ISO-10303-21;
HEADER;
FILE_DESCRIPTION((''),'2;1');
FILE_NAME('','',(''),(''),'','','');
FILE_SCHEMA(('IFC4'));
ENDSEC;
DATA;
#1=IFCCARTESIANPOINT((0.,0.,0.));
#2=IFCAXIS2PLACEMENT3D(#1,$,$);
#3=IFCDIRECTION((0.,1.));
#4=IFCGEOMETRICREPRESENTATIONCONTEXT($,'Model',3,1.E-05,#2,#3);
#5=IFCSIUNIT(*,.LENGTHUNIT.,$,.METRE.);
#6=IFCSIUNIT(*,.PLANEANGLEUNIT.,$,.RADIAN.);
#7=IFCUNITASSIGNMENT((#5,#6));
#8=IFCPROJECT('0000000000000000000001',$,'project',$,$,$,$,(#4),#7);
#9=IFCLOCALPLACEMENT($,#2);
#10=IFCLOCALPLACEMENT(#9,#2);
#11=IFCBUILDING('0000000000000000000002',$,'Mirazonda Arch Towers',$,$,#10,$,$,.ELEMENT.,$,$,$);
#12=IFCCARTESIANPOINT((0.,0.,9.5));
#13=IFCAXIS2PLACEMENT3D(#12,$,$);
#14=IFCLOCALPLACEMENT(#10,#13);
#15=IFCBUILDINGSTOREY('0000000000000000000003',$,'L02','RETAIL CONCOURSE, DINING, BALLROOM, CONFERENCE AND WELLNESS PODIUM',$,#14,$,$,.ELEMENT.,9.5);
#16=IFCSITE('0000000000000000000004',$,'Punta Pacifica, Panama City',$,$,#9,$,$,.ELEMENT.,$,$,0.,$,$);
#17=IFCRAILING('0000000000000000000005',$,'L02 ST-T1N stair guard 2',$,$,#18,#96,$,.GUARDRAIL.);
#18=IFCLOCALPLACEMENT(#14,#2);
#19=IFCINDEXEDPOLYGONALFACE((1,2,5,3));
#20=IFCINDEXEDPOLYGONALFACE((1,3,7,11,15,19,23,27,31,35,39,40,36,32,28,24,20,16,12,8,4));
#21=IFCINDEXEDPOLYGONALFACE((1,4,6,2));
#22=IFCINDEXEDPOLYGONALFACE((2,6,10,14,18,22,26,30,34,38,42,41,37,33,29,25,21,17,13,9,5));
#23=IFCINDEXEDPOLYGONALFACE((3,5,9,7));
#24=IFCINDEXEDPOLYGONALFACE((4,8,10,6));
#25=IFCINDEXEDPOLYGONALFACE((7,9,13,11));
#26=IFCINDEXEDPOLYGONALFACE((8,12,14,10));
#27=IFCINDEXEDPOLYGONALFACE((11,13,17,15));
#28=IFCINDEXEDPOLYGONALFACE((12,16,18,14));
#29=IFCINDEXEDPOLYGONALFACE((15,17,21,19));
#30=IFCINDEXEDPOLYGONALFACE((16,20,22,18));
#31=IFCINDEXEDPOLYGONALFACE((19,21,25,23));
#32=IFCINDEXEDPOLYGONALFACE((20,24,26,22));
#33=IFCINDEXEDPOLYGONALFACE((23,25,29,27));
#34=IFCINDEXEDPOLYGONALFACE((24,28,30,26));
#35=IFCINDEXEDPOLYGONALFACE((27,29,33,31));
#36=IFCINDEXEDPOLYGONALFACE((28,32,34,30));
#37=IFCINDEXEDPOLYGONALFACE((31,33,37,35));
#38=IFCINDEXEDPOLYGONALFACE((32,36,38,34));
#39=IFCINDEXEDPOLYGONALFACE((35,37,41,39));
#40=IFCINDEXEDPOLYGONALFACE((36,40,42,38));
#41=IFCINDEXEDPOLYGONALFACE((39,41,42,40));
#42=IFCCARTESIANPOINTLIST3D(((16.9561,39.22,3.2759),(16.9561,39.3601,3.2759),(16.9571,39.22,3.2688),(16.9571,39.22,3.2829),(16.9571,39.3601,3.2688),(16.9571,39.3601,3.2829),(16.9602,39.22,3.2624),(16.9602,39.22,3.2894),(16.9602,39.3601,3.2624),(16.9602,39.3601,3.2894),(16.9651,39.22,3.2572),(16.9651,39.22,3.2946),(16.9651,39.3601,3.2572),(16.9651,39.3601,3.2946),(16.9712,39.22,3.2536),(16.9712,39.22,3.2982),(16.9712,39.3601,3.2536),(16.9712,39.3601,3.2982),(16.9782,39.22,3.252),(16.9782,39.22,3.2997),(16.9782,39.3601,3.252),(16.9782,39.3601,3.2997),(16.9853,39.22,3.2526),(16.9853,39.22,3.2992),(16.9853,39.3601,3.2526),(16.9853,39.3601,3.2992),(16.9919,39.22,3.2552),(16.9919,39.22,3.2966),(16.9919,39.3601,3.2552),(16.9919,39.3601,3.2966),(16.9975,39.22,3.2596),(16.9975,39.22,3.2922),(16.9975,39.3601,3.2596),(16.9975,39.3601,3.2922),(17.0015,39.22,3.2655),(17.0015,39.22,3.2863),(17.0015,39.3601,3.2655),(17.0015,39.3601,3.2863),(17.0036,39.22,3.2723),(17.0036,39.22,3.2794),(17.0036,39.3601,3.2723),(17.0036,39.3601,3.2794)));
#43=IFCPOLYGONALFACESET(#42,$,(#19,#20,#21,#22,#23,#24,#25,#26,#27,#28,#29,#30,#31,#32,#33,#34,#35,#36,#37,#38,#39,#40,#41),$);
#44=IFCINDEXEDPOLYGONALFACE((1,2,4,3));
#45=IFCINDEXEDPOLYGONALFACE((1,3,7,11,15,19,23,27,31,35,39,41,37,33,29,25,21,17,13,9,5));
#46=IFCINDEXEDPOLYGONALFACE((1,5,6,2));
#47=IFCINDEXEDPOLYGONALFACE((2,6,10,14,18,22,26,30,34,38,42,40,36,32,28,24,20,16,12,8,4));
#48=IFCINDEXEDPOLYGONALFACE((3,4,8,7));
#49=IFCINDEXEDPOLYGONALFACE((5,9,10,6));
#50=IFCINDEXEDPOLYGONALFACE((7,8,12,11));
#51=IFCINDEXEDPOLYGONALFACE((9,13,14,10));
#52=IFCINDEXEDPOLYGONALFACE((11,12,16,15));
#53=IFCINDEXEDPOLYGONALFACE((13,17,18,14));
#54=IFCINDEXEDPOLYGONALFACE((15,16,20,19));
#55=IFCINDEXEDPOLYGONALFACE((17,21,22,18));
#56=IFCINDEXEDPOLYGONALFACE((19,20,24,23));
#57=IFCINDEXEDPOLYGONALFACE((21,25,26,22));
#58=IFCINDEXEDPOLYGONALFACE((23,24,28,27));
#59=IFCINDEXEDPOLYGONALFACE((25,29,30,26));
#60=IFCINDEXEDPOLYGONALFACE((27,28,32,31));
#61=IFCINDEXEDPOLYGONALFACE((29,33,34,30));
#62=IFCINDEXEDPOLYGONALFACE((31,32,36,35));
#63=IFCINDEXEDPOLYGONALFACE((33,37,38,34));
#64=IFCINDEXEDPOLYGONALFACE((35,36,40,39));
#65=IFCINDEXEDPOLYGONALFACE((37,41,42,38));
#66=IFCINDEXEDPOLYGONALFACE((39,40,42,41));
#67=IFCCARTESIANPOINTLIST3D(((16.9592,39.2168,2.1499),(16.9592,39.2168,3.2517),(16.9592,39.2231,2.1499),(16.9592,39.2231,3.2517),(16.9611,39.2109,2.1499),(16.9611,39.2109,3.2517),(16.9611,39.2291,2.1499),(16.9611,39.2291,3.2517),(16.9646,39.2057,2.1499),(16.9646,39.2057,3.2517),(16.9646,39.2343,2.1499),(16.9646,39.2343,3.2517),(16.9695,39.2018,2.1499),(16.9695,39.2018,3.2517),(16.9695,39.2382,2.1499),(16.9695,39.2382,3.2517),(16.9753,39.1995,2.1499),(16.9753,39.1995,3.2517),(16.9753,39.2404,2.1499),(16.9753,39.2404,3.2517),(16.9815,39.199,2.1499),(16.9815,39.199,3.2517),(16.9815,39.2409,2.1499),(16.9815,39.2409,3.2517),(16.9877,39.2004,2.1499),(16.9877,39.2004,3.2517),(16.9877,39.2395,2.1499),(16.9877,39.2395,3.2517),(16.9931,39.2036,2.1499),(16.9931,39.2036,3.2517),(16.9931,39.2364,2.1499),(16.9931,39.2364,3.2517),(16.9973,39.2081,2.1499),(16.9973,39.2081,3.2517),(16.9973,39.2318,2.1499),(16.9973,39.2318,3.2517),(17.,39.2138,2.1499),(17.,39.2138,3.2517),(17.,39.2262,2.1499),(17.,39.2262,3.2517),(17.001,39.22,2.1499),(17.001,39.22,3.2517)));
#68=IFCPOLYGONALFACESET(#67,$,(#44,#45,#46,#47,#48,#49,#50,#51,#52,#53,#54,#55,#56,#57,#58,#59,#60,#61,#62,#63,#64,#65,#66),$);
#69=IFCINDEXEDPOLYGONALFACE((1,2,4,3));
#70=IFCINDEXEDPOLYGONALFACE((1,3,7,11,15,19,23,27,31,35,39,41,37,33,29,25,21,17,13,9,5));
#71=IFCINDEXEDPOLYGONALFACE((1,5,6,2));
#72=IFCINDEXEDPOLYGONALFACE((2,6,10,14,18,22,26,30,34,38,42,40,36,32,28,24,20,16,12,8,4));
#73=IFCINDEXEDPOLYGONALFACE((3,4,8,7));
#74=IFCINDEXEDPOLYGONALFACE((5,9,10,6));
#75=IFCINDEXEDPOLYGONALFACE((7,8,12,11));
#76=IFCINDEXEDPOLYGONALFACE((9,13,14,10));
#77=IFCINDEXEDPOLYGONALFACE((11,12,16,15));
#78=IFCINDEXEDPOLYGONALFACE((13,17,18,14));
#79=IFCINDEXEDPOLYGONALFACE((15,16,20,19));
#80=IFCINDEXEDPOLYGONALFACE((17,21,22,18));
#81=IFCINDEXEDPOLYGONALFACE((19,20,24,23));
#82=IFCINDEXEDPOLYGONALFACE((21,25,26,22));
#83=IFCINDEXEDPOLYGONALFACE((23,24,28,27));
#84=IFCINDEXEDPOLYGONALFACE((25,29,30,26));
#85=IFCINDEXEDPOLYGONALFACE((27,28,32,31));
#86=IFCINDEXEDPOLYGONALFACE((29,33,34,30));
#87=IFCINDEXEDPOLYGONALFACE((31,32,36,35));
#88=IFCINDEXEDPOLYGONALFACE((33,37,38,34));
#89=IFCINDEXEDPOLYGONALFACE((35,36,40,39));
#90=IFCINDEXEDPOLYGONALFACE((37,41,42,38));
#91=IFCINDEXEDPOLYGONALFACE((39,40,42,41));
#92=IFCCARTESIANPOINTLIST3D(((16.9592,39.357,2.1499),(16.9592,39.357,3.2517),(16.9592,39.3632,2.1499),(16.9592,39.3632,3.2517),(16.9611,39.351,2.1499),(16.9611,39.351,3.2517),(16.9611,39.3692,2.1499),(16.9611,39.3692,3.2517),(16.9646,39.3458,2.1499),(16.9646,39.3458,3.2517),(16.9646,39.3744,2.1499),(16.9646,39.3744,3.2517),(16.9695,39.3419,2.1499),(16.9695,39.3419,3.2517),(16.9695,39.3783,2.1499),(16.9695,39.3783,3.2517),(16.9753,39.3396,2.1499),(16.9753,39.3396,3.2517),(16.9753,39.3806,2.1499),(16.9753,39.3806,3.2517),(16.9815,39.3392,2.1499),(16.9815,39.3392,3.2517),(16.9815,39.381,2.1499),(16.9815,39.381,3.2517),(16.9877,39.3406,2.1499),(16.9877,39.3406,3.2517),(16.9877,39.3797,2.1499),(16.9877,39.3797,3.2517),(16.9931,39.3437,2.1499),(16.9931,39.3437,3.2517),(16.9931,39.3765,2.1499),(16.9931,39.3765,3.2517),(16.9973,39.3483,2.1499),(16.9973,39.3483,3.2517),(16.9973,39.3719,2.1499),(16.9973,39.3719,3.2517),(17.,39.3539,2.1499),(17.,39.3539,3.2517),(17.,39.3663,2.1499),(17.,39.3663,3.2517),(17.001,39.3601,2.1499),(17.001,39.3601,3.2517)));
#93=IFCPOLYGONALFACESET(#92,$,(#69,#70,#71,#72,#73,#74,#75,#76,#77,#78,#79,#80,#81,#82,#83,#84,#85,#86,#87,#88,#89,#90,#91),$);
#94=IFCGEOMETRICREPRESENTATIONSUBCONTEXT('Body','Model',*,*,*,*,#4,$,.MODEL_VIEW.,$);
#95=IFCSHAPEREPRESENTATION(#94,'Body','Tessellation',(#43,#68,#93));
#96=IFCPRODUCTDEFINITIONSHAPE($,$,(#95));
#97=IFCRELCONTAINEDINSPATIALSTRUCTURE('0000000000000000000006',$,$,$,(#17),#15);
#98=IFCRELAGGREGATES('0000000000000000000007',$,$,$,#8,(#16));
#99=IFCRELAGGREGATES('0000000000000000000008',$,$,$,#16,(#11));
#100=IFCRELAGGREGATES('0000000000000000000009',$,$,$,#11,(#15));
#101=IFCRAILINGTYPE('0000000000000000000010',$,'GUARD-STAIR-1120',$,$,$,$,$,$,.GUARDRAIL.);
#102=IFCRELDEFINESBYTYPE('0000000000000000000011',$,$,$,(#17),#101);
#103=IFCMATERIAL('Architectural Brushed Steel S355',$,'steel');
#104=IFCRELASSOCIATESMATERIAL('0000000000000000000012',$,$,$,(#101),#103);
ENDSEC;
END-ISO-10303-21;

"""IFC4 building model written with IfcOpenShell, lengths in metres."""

from ifc_helpers import new_model, si_unit, direction, frame, origin, origin_2d, place, context, subcontext, project, spatial, circle, extrude, material, type_object, element, save


model = new_model("IFC4")

# Units and contexts
model_context = context("Model", 3, precision=1e-05, world=origin(), true_north=direction((0.0, 1.0)))
body_context = subcontext(model_context, "Body", "Model", "MODEL_VIEW")
ifc_project = project(units=[si_unit("LENGTHUNIT", "METRE"), si_unit("PLANEANGLEUNIT", "RADIAN")], contexts=[model_context])

# Site, building, storey
site_placement = place(None, origin())
site = spatial("IfcSite", under=ifc_project, at=site_placement, Name="Punta Pacifica, Panama City", CompositionType="ELEMENT", RefElevation=0.0)
building_placement = place(site_placement, origin())
building = spatial("IfcBuilding", under=site, at=building_placement, Name="Mirazonda Arch Towers", CompositionType="ELEMENT")
storey_placement = place(building_placement, frame((0.0, 0.0, 9.5)))
storey = spatial("IfcBuildingStorey", under=building, at=storey_placement, Name="L02", Description="RETAIL CONCOURSE, DINING, BALLROOM, CONFERENCE AND WELLNESS PODIUM", CompositionType="ELEMENT", Elevation=9.5)

# Shared definitions
ifc_material_1 = material(Name="Architectural Brushed Steel S355", Category="steel")

# Railing
railing_type_1 = type_object("IfcRailingType", Name="GUARD-STAIR-1120", PredefinedType="GUARDRAIL", material=ifc_material_1)
railing_1_placement = place(storey_placement, frame((16.98, 39.22, 2.1499)))
element("IfcRailing", 1, at=railing_1_placement, inside=storey, type_object=railing_type_1, Name="L02 ST-T1N stair guard 2", PredefinedType="GUARDRAIL", context=body_context, shape_type="SweptSolid", body=[
    extrude(circle(Radius=0.0239, at=origin_2d()), frame((0.0, 0.0, 1.126), z_axis=(0.0, 1.0, 0.0), x_axis=(-1.0, 0.0, 0.0)), (0.0, 0.0, 1.0), 0.1401),
    extrude(circle(Radius=0.021, at=origin_2d()), origin(), (0.0, 0.0, 1.0), 1.1018),
    extrude(circle(Radius=0.021, at=origin_2d()), frame((0.0, 0.1401, 0.0)), (0.0, 0.0, 1.0), 1.1018),
])

save(model, "model.ifc")
